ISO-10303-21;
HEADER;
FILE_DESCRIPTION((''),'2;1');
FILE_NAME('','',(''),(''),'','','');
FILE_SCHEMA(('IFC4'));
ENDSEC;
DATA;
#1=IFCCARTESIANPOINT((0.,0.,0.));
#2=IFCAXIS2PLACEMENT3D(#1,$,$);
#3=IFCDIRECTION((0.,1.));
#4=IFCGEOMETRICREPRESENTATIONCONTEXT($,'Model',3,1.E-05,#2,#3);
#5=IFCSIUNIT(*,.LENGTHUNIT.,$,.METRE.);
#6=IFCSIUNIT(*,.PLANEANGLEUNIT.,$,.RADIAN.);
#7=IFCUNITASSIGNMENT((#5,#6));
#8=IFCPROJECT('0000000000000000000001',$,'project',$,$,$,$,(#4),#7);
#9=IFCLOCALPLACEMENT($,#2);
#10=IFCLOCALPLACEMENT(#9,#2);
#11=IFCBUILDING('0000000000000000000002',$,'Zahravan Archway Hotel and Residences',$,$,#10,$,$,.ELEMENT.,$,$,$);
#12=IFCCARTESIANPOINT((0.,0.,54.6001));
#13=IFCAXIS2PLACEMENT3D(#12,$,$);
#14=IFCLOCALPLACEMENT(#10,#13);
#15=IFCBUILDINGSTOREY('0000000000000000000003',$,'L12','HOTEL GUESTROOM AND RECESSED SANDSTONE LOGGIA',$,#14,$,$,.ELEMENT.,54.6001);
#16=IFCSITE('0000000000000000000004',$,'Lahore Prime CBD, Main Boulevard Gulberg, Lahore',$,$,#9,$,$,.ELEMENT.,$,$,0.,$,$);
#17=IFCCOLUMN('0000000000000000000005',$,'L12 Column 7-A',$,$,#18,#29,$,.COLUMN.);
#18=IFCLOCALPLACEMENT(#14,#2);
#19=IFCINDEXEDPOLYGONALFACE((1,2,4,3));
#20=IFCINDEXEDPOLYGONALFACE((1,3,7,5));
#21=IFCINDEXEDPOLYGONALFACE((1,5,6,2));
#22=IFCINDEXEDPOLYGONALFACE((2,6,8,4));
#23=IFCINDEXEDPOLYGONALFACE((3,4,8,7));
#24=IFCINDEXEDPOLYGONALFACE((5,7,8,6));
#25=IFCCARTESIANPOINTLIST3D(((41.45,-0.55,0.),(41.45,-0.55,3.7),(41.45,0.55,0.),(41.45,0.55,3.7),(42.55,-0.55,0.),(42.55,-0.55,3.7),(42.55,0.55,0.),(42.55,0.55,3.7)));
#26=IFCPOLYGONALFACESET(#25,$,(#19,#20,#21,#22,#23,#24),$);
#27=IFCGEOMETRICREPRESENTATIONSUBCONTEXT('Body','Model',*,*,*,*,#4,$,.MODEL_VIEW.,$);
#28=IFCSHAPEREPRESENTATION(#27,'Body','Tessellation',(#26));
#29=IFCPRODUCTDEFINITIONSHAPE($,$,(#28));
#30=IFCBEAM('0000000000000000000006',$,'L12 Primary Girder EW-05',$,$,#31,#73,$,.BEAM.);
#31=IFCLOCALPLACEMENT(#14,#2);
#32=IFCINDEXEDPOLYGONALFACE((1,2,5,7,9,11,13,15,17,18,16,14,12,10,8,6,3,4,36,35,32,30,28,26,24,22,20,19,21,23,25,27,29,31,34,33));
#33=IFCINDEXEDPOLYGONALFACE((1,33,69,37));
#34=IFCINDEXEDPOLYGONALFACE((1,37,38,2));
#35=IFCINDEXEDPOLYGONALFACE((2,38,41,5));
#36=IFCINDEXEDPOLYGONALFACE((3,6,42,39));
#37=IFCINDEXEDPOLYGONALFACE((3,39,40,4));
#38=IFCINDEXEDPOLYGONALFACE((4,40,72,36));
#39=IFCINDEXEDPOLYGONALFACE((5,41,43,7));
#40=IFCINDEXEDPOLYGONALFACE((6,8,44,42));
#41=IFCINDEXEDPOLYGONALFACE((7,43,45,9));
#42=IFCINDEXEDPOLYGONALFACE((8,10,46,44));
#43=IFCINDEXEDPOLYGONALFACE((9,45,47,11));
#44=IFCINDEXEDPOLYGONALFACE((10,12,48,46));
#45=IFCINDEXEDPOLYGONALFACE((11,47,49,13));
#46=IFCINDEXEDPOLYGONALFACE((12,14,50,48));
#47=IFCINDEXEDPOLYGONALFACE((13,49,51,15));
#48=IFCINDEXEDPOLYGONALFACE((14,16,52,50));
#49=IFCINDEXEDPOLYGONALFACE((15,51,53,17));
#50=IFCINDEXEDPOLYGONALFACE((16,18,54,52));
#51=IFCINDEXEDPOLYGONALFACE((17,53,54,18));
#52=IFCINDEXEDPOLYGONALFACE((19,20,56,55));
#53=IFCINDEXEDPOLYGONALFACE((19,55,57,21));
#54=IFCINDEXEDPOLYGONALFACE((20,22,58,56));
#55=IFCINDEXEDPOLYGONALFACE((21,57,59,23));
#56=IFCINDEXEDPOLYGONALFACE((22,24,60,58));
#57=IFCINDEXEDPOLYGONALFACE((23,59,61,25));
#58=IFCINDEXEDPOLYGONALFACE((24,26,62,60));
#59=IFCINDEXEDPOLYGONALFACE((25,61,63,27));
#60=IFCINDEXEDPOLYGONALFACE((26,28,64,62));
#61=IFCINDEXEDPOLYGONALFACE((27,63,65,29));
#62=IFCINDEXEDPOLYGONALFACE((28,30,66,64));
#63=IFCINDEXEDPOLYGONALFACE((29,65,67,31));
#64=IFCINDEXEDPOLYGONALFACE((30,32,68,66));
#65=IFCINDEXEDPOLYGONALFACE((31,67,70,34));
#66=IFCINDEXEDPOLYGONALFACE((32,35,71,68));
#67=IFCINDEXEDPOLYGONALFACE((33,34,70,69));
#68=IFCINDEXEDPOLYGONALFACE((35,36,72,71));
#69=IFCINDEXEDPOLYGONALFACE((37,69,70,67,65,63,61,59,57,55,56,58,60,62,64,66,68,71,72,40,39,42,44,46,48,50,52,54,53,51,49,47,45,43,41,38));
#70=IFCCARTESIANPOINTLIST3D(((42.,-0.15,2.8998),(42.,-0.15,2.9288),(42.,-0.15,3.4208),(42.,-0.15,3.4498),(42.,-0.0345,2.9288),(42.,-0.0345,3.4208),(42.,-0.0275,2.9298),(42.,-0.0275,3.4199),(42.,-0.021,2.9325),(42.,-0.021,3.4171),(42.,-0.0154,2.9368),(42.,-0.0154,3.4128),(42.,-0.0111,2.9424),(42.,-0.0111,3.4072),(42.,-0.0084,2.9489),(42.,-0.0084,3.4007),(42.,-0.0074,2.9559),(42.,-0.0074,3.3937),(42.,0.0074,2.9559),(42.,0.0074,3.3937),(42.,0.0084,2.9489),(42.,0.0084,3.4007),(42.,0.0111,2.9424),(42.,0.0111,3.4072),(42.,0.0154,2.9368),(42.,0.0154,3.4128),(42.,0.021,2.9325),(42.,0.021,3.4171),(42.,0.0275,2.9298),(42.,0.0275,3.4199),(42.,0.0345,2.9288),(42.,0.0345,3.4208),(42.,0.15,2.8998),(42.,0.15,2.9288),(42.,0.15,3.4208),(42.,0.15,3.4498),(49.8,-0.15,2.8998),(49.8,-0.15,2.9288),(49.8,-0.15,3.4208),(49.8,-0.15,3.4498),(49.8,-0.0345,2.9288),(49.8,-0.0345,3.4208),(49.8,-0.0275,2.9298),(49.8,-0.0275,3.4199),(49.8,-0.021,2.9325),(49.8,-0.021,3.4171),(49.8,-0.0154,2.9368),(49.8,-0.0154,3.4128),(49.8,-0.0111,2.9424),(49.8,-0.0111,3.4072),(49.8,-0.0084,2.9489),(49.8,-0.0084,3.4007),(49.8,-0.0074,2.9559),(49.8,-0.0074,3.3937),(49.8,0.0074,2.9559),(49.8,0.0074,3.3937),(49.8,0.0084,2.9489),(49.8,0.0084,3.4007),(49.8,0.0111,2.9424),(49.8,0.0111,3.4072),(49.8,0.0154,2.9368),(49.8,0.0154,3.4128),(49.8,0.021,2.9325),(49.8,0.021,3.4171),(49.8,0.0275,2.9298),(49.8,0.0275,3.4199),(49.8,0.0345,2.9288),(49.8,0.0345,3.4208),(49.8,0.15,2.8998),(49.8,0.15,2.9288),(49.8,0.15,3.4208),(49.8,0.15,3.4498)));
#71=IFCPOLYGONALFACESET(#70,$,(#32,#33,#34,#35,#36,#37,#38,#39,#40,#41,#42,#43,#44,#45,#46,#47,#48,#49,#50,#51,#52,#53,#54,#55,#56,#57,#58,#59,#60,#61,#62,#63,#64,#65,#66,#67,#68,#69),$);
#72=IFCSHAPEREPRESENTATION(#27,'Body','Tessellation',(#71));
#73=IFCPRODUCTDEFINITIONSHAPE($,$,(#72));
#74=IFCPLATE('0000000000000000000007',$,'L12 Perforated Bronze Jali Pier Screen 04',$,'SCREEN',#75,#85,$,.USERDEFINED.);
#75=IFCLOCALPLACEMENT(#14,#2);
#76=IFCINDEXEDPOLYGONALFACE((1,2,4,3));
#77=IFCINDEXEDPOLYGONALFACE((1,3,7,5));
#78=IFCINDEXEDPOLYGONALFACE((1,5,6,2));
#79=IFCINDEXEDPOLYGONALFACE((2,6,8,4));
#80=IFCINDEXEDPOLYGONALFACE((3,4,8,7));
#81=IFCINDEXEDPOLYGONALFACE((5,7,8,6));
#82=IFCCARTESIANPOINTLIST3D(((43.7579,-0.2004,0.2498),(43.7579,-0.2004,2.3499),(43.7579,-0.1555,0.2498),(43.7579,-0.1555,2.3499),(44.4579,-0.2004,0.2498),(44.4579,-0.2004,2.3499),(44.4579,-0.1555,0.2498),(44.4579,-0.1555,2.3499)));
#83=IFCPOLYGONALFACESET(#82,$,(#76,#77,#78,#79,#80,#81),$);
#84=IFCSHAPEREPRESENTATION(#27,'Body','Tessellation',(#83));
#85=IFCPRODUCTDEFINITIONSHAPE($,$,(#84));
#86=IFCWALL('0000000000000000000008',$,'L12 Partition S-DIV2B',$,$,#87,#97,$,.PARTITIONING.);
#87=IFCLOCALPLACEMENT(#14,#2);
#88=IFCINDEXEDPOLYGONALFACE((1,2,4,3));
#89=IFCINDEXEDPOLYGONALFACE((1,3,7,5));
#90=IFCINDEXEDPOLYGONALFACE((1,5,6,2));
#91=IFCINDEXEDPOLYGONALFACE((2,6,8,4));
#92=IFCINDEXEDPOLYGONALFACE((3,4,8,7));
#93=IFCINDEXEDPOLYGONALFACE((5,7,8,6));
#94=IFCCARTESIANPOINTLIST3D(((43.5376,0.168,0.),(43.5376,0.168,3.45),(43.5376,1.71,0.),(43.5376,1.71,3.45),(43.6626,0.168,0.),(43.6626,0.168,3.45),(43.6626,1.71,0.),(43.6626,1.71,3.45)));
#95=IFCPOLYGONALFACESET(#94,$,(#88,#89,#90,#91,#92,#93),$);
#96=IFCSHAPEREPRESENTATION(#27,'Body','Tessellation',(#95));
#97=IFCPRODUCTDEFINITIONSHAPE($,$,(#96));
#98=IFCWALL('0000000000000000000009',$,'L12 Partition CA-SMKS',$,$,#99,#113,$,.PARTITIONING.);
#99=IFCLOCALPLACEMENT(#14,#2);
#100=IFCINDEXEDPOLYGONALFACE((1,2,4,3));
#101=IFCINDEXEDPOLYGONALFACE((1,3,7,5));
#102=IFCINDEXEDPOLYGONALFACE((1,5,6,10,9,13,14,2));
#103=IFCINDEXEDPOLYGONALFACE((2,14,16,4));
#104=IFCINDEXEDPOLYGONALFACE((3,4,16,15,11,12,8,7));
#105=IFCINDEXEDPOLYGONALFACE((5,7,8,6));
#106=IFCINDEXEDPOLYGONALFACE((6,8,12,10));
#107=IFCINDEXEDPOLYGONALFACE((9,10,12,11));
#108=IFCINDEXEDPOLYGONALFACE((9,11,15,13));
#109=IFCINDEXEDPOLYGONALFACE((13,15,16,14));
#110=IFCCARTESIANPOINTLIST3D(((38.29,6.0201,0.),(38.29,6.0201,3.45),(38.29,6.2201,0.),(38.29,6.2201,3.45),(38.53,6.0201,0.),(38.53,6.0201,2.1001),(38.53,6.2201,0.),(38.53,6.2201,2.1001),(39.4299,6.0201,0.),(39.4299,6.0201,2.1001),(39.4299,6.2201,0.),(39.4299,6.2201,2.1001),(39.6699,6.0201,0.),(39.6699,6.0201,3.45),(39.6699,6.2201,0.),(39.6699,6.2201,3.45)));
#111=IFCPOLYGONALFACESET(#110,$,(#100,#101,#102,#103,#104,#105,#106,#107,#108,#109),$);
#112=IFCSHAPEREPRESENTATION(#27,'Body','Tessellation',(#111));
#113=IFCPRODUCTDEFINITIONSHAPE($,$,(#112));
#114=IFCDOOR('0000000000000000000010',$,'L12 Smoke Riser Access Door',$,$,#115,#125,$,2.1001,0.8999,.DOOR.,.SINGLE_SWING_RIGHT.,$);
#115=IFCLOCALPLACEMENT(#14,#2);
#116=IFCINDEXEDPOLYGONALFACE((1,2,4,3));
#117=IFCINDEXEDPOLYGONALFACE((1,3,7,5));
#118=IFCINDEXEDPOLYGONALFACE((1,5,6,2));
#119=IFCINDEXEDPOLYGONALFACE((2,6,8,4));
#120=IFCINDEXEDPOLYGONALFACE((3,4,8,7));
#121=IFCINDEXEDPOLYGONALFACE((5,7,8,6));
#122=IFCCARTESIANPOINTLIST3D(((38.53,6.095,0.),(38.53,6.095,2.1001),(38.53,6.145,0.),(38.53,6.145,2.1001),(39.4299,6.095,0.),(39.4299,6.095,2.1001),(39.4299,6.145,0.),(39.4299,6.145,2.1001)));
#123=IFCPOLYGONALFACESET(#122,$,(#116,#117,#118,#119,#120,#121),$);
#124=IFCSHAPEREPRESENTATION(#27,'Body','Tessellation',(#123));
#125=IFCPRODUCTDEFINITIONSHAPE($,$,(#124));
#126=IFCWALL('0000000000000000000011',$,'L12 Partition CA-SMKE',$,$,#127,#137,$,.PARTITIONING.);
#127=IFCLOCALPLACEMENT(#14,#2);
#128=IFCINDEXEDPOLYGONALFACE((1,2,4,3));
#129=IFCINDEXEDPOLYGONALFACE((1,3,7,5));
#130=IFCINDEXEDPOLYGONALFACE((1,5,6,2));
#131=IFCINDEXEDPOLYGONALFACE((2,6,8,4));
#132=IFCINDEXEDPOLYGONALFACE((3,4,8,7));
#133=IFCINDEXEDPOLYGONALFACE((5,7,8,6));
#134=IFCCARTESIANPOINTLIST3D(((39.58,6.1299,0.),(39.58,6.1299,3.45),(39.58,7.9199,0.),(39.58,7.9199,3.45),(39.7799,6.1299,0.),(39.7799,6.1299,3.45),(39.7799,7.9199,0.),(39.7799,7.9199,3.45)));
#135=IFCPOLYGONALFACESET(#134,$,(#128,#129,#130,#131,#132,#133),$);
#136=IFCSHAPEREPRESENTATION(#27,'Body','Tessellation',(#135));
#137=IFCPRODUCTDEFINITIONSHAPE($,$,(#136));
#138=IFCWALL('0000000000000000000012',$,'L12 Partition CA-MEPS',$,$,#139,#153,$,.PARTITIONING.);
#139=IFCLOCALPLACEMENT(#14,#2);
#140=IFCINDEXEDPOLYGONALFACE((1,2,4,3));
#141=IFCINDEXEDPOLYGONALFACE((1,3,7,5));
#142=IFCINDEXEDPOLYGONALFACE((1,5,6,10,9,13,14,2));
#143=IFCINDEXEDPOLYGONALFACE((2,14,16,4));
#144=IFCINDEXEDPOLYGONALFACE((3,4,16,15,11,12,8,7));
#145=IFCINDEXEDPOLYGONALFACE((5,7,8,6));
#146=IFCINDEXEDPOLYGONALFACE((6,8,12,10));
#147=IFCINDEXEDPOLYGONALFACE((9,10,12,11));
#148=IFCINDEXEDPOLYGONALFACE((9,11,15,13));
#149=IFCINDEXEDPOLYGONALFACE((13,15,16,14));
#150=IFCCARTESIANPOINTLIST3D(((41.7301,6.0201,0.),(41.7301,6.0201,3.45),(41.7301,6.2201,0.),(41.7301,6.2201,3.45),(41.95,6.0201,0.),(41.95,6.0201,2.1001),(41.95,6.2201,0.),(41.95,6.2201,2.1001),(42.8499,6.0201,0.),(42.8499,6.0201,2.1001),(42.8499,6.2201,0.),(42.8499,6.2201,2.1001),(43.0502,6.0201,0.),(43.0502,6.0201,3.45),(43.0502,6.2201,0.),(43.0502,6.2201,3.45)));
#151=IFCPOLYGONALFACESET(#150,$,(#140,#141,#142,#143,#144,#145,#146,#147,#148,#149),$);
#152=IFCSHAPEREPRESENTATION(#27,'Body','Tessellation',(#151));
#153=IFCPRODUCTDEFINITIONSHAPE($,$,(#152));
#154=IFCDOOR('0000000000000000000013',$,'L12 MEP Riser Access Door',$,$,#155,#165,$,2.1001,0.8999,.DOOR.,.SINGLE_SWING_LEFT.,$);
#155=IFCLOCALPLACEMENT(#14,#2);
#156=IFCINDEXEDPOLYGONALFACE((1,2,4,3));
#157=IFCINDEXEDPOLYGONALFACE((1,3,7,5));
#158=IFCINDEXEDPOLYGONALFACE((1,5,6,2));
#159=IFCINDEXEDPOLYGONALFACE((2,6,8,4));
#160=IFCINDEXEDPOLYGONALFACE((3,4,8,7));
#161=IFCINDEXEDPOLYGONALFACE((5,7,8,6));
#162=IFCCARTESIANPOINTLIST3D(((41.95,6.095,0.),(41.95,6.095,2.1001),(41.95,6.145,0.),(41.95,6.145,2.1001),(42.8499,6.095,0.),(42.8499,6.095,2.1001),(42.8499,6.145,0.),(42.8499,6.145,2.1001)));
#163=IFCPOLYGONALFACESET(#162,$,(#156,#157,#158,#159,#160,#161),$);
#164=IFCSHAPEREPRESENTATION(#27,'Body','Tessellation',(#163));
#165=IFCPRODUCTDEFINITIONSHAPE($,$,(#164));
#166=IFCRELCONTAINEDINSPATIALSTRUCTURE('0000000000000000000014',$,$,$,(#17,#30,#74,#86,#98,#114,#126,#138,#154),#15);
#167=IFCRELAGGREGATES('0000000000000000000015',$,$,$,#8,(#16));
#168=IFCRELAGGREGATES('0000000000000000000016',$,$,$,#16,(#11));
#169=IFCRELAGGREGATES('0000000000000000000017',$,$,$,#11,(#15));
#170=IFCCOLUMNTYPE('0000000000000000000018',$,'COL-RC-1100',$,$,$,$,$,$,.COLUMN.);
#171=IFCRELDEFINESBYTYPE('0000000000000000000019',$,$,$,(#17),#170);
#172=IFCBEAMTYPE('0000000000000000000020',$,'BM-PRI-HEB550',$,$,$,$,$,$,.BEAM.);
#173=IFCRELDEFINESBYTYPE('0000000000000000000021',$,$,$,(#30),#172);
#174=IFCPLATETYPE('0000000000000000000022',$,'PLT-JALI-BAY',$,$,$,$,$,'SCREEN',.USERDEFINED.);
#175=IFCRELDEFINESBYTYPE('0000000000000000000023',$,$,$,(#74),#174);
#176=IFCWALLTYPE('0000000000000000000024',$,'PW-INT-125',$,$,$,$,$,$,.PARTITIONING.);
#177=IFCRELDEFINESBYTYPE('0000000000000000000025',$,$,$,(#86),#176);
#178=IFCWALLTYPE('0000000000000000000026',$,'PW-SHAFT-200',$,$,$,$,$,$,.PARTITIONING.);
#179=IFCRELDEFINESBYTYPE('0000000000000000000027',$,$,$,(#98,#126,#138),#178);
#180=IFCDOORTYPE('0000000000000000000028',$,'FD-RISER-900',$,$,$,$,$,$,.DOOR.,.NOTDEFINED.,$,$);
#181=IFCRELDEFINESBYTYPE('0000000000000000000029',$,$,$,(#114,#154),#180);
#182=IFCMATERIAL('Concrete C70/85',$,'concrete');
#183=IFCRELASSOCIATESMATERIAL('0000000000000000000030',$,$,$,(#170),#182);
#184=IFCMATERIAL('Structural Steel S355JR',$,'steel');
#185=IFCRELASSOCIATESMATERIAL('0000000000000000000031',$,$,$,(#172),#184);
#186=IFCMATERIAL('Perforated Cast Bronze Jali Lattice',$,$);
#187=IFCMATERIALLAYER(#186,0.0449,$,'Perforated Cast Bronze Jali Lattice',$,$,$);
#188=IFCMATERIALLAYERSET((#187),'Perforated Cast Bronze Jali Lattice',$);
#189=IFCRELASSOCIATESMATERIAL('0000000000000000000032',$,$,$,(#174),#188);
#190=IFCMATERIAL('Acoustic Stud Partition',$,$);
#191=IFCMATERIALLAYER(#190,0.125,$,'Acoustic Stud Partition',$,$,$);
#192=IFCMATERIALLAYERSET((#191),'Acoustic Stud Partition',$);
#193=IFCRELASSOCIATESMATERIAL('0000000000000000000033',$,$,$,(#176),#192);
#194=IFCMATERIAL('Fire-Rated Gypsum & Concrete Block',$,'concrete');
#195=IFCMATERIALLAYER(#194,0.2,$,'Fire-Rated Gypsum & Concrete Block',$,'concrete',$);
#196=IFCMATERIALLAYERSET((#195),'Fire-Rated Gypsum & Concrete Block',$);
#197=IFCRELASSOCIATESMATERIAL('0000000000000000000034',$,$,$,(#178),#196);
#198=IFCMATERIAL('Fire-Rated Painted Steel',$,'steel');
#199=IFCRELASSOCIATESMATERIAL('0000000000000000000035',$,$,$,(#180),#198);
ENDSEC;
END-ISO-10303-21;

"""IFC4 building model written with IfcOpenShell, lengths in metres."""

from ifc_helpers import new_model, si_unit, direction, frame, frame_2d, origin, origin_2d, place, context, subcontext, project, spatial, rectangle, i_section, extrude, source, transform, mapped, material, layer, layer_set, material_profile, profile_set, type_object, type_shapes, element, fill, save


model = new_model("IFC4")

# Units and contexts
model_context = context("Model", 3, precision=1e-05, world=origin(), true_north=direction((0.0, 1.0)))
body_context = subcontext(model_context, "Body", "Model", "MODEL_VIEW")
ifc_project = project(units=[si_unit("LENGTHUNIT", "METRE"), si_unit("PLANEANGLEUNIT", "RADIAN")], contexts=[model_context])

# Site, building, storey
site_placement = place(None, origin())
site = spatial("IfcSite", under=ifc_project, at=site_placement, Name="Lahore Prime CBD, Main Boulevard Gulberg, Lahore", CompositionType="ELEMENT", RefElevation=0.0)
building_placement = place(site_placement, origin())
building = spatial("IfcBuilding", under=site, at=building_placement, Name="Zahravan Archway Hotel and Residences", CompositionType="ELEMENT")
storey_placement = place(building_placement, frame((0.0, 0.0, 54.6001)))
storey = spatial("IfcBuildingStorey", under=building, at=storey_placement, Name="L12", Description="HOTEL GUESTROOM AND RECESSED SANDSTONE LOGGIA", CompositionType="ELEMENT", Elevation=54.6001)

# Column
ifc_material_1 = material(Name="Concrete C70/85", Category="concrete")
ifc_material_profile_1 = material_profile(ifc_material_1, rectangle(XDim=1.1001, YDim=1.1001, at=origin_2d()), Name="RC 1100x1100", Category="concrete")
ifc_profile_set_1 = profile_set([ifc_material_profile_1], Name="Concrete C70/85")
column_type = type_object("IfcColumnType", Name="COL-RC-1100", PredefinedType="COLUMN", material=ifc_profile_set_1)
shared_shape_1 = source(origin(), body_context, "Body", "SweptSolid", [
    extrude(rectangle(XDim=1.1001, YDim=1.1001, at=origin_2d()), origin(), (0.0, 0.0, 1.0), 3.7),
])
column_placement = place(storey_placement, frame((42.0, 0.0, 0.0), z_axis=(0.0, 0.0, 1.0), x_axis=(1.0, 0.0, 0.0)))
element("IfcColumn", 1, at=column_placement, inside=storey, type_object=column_type, Name="L12 Column 7-A", PredefinedType="COLUMN", context=body_context, shape_type="MappedRepresentation", body=[
    mapped(shared_shape_1, transform((0.0, 0.0, 0.0), scale=1.0)),
])

# Beam
ifc_material_2 = material(Name="Structural Steel S355JR", Category="steel")
ifc_material_profile_2 = material_profile(ifc_material_2, i_section(OverallWidth=0.3, OverallDepth=0.55, WebThickness=0.0149, FlangeThickness=0.0291, FilletRadius=0.0271, at=origin_2d()), Name="HEB 550", Category="steel")
ifc_profile_set_2 = profile_set([ifc_material_profile_2], Name="Structural Steel S355JR")
beam_type = type_object("IfcBeamType", Name="BM-PRI-HEB550", PredefinedType="BEAM", material=ifc_profile_set_2)
shared_shape_2 = source(origin(), body_context, "Body", "SweptSolid", [
    extrude(i_section(OverallWidth=0.3, OverallDepth=0.55, WebThickness=0.0149, FlangeThickness=0.0291, FilletRadius=0.0271, at=origin_2d()), origin(), (0.0, 0.0, 1.0), 7.8),
])
beam_placement = place(storey_placement, frame((42.0, 0.0, 3.1748), z_axis=(1.0, 0.0, 0.0), x_axis=(0.0, 1.0, 0.0)))
element("IfcBeam", 2, at=beam_placement, inside=storey, type_object=beam_type, Name="L12 Primary Girder EW-05", PredefinedType="BEAM", context=body_context, shape_type="MappedRepresentation", body=[
    mapped(shared_shape_2, transform((0.0, 0.0, 0.0), scale=1.0)),
])

# Plate
ifc_material_3 = material(Name="Perforated Cast Bronze Jali Lattice")
ifc_layer_1 = layer(ifc_material_3, 0.0449, Name="Perforated Cast Bronze Jali Lattice")
ifc_layer_set_1 = layer_set([ifc_layer_1], Name="Perforated Cast Bronze Jali Lattice")
plate_type = type_object("IfcPlateType", Name="PLT-JALI-BAY", ElementType="SCREEN", PredefinedType="USERDEFINED", material=ifc_layer_set_1)
shared_shape_3 = source(origin(), body_context, "Body", "SweptSolid", [
    extrude(rectangle(XDim=0.7, YDim=0.0449, at=origin_2d()), origin(), (0.0, 0.0, 1.0), 2.1001),
])
type_shapes(plate_type, [shared_shape_3])
plate_placement = place(storey_placement, frame((44.1079, -0.178, 0.2498), z_axis=(0.0, 0.0, 1.0), x_axis=(1.0, 0.0, 0.0)))
element("IfcPlate", 3, at=plate_placement, inside=storey, type_object=plate_type, Name="L12 Perforated Bronze Jali Pier Screen 04", ObjectType="SCREEN", PredefinedType="USERDEFINED", context=body_context, shape_type="MappedRepresentation", body=[
    mapped(shared_shape_3, transform((0.0, 0.0, 0.0), scale=1.0)),
])

# Wall
ifc_material_4 = material(Name="Acoustic Stud Partition")
ifc_layer_2 = layer(ifc_material_4, 0.125, Name="Acoustic Stud Partition")
ifc_layer_set_2 = layer_set([ifc_layer_2], Name="Acoustic Stud Partition")
wall_type_1 = type_object("IfcWallType", Name="PW-INT-125", PredefinedType="PARTITIONING", material=ifc_layer_set_2)
wall_1_placement = place(storey_placement, frame((43.6001, 0.168, 0.0), z_axis=(0.0, 0.0, 1.0), x_axis=(0.0, 1.0, 0.0)))
element("IfcWall", 4, at=wall_1_placement, inside=storey, type_object=wall_type_1, Name="L12 Partition S-DIV2B", PredefinedType="PARTITIONING", context=body_context, shape_type="SweptSolid", body=[
    extrude(rectangle(XDim=1.542, YDim=0.125, at=frame_2d((0.771, 0.0))), origin(), (0.0, 0.0, 1.0), 3.45),
])

# Wall, opening, door
ifc_material_5 = material(Name="Fire-Rated Gypsum & Concrete Block", Category="concrete")
ifc_layer_3 = layer(ifc_material_5, 0.2, Name="Fire-Rated Gypsum & Concrete Block", Category="concrete")
ifc_layer_set_3 = layer_set([ifc_layer_3], Name="Fire-Rated Gypsum & Concrete Block")
wall_type_2 = type_object("IfcWallType", Name="PW-SHAFT-200", PredefinedType="PARTITIONING", material=ifc_layer_set_3)
wall_2_placement = place(storey_placement, frame((38.29, 6.1201, 0.0), z_axis=(0.0, 0.0, 1.0), x_axis=(1.0, 0.0, 0.0)))
wall_2 = element("IfcWall", 5, at=wall_2_placement, inside=storey, type_object=wall_type_2, Name="L12 Partition CA-SMKS", PredefinedType="PARTITIONING", context=body_context, shape_type="SweptSolid", body=[
    extrude(rectangle(XDim=1.3799, YDim=0.2, at=frame_2d((0.6899, 0.0))), origin(), (0.0, 0.0, 1.0), 3.45),
])
opening_1_placement = place(wall_2_placement, frame((0.24, 0.0, 0.0)))
opening_1 = element("IfcOpeningElement", 6, at=opening_1_placement, cuts=wall_2, PredefinedType="OPENING", context=body_context, shape_type="SweptSolid", body=[
    extrude(rectangle(XDim=0.8999, YDim=2.1001, at=frame_2d((0.45, 1.05))), frame((0.0, 0.1099, 0.0), z_axis=(0.0, -1.0, 0.0), x_axis=(1.0, 0.0, 0.0)), (0.0, 0.0, 1.0), 0.22),
])
ifc_material_6 = material(Name="Fire-Rated Painted Steel", Category="steel")
door_type = type_object("IfcDoorType", Name="FD-RISER-900", OperationType="NOTDEFINED", PredefinedType="DOOR", material=ifc_material_6)
shared_shape_4 = source(origin(), body_context, "Body", "SweptSolid", [
    extrude(rectangle(XDim=0.8999, YDim=2.1001, at=frame_2d((0.45, 1.05))), frame((0.0, 0.0249, 0.0), z_axis=(0.0, -1.0, 0.0), x_axis=(1.0, 0.0, 0.0)), (0.0, 0.0, 1.0), 0.05),
])
type_shapes(door_type, [shared_shape_4])
door_1_placement = place(opening_1_placement, origin())
door_1 = element("IfcDoor", 7, at=door_1_placement, inside=storey, type_object=door_type, Name="L12 Smoke Riser Access Door", OperationType="SINGLE_SWING_RIGHT", OverallHeight=2.1001, OverallWidth=0.8999, PredefinedType="DOOR", context=body_context, shape_type="MappedRepresentation", body=[
    mapped(shared_shape_4, transform((0.0, 0.0, 0.0), scale=1.0)),
])
fill(opening_1, door_1)

# Wall
wall_3_placement = place(storey_placement, frame((39.6799, 6.1299, 0.0), z_axis=(0.0, 0.0, 1.0), x_axis=(0.0, 1.0, 0.0)))
element("IfcWall", 8, at=wall_3_placement, inside=storey, type_object=wall_type_2, Name="L12 Partition CA-SMKE", PredefinedType="PARTITIONING", context=body_context, shape_type="SweptSolid", body=[
    extrude(rectangle(XDim=1.79, YDim=0.2, at=frame_2d((0.895, 0.0))), origin(), (0.0, 0.0, 1.0), 3.45),
])

# Wall, opening, door
wall_4_placement = place(storey_placement, frame((41.73, 6.1201, 0.0), z_axis=(0.0, 0.0, 1.0), x_axis=(1.0, 0.0, 0.0)))
wall_4 = element("IfcWall", 9, at=wall_4_placement, inside=storey, type_object=wall_type_2, Name="L12 Partition CA-MEPS", PredefinedType="PARTITIONING", context=body_context, shape_type="SweptSolid", body=[
    extrude(rectangle(XDim=1.3201, YDim=0.2, at=frame_2d((0.6602, 0.0))), origin(), (0.0, 0.0, 1.0), 3.45),
])
opening_2_placement = place(wall_4_placement, frame((0.22, 0.0, 0.0)))
opening_2 = element("IfcOpeningElement", 10, at=opening_2_placement, cuts=wall_4, PredefinedType="OPENING", context=body_context, shape_type="SweptSolid", body=[
    extrude(rectangle(XDim=0.8999, YDim=2.1001, at=frame_2d((0.45, 1.05))), frame((0.0, 0.1099, 0.0), z_axis=(0.0, -1.0, 0.0), x_axis=(1.0, 0.0, 0.0)), (0.0, 0.0, 1.0), 0.22),
])
door_2_placement = place(opening_2_placement, origin())
door_2 = element("IfcDoor", 11, at=door_2_placement, inside=storey, type_object=door_type, Name="L12 MEP Riser Access Door", OperationType="SINGLE_SWING_LEFT", OverallHeight=2.1001, OverallWidth=0.8999, PredefinedType="DOOR", context=body_context, shape_type="MappedRepresentation", body=[
    mapped(shared_shape_4, transform((0.0, 0.0, 0.0), scale=1.0)),
])
fill(opening_2, door_2)

save(model, "model.ifc")
